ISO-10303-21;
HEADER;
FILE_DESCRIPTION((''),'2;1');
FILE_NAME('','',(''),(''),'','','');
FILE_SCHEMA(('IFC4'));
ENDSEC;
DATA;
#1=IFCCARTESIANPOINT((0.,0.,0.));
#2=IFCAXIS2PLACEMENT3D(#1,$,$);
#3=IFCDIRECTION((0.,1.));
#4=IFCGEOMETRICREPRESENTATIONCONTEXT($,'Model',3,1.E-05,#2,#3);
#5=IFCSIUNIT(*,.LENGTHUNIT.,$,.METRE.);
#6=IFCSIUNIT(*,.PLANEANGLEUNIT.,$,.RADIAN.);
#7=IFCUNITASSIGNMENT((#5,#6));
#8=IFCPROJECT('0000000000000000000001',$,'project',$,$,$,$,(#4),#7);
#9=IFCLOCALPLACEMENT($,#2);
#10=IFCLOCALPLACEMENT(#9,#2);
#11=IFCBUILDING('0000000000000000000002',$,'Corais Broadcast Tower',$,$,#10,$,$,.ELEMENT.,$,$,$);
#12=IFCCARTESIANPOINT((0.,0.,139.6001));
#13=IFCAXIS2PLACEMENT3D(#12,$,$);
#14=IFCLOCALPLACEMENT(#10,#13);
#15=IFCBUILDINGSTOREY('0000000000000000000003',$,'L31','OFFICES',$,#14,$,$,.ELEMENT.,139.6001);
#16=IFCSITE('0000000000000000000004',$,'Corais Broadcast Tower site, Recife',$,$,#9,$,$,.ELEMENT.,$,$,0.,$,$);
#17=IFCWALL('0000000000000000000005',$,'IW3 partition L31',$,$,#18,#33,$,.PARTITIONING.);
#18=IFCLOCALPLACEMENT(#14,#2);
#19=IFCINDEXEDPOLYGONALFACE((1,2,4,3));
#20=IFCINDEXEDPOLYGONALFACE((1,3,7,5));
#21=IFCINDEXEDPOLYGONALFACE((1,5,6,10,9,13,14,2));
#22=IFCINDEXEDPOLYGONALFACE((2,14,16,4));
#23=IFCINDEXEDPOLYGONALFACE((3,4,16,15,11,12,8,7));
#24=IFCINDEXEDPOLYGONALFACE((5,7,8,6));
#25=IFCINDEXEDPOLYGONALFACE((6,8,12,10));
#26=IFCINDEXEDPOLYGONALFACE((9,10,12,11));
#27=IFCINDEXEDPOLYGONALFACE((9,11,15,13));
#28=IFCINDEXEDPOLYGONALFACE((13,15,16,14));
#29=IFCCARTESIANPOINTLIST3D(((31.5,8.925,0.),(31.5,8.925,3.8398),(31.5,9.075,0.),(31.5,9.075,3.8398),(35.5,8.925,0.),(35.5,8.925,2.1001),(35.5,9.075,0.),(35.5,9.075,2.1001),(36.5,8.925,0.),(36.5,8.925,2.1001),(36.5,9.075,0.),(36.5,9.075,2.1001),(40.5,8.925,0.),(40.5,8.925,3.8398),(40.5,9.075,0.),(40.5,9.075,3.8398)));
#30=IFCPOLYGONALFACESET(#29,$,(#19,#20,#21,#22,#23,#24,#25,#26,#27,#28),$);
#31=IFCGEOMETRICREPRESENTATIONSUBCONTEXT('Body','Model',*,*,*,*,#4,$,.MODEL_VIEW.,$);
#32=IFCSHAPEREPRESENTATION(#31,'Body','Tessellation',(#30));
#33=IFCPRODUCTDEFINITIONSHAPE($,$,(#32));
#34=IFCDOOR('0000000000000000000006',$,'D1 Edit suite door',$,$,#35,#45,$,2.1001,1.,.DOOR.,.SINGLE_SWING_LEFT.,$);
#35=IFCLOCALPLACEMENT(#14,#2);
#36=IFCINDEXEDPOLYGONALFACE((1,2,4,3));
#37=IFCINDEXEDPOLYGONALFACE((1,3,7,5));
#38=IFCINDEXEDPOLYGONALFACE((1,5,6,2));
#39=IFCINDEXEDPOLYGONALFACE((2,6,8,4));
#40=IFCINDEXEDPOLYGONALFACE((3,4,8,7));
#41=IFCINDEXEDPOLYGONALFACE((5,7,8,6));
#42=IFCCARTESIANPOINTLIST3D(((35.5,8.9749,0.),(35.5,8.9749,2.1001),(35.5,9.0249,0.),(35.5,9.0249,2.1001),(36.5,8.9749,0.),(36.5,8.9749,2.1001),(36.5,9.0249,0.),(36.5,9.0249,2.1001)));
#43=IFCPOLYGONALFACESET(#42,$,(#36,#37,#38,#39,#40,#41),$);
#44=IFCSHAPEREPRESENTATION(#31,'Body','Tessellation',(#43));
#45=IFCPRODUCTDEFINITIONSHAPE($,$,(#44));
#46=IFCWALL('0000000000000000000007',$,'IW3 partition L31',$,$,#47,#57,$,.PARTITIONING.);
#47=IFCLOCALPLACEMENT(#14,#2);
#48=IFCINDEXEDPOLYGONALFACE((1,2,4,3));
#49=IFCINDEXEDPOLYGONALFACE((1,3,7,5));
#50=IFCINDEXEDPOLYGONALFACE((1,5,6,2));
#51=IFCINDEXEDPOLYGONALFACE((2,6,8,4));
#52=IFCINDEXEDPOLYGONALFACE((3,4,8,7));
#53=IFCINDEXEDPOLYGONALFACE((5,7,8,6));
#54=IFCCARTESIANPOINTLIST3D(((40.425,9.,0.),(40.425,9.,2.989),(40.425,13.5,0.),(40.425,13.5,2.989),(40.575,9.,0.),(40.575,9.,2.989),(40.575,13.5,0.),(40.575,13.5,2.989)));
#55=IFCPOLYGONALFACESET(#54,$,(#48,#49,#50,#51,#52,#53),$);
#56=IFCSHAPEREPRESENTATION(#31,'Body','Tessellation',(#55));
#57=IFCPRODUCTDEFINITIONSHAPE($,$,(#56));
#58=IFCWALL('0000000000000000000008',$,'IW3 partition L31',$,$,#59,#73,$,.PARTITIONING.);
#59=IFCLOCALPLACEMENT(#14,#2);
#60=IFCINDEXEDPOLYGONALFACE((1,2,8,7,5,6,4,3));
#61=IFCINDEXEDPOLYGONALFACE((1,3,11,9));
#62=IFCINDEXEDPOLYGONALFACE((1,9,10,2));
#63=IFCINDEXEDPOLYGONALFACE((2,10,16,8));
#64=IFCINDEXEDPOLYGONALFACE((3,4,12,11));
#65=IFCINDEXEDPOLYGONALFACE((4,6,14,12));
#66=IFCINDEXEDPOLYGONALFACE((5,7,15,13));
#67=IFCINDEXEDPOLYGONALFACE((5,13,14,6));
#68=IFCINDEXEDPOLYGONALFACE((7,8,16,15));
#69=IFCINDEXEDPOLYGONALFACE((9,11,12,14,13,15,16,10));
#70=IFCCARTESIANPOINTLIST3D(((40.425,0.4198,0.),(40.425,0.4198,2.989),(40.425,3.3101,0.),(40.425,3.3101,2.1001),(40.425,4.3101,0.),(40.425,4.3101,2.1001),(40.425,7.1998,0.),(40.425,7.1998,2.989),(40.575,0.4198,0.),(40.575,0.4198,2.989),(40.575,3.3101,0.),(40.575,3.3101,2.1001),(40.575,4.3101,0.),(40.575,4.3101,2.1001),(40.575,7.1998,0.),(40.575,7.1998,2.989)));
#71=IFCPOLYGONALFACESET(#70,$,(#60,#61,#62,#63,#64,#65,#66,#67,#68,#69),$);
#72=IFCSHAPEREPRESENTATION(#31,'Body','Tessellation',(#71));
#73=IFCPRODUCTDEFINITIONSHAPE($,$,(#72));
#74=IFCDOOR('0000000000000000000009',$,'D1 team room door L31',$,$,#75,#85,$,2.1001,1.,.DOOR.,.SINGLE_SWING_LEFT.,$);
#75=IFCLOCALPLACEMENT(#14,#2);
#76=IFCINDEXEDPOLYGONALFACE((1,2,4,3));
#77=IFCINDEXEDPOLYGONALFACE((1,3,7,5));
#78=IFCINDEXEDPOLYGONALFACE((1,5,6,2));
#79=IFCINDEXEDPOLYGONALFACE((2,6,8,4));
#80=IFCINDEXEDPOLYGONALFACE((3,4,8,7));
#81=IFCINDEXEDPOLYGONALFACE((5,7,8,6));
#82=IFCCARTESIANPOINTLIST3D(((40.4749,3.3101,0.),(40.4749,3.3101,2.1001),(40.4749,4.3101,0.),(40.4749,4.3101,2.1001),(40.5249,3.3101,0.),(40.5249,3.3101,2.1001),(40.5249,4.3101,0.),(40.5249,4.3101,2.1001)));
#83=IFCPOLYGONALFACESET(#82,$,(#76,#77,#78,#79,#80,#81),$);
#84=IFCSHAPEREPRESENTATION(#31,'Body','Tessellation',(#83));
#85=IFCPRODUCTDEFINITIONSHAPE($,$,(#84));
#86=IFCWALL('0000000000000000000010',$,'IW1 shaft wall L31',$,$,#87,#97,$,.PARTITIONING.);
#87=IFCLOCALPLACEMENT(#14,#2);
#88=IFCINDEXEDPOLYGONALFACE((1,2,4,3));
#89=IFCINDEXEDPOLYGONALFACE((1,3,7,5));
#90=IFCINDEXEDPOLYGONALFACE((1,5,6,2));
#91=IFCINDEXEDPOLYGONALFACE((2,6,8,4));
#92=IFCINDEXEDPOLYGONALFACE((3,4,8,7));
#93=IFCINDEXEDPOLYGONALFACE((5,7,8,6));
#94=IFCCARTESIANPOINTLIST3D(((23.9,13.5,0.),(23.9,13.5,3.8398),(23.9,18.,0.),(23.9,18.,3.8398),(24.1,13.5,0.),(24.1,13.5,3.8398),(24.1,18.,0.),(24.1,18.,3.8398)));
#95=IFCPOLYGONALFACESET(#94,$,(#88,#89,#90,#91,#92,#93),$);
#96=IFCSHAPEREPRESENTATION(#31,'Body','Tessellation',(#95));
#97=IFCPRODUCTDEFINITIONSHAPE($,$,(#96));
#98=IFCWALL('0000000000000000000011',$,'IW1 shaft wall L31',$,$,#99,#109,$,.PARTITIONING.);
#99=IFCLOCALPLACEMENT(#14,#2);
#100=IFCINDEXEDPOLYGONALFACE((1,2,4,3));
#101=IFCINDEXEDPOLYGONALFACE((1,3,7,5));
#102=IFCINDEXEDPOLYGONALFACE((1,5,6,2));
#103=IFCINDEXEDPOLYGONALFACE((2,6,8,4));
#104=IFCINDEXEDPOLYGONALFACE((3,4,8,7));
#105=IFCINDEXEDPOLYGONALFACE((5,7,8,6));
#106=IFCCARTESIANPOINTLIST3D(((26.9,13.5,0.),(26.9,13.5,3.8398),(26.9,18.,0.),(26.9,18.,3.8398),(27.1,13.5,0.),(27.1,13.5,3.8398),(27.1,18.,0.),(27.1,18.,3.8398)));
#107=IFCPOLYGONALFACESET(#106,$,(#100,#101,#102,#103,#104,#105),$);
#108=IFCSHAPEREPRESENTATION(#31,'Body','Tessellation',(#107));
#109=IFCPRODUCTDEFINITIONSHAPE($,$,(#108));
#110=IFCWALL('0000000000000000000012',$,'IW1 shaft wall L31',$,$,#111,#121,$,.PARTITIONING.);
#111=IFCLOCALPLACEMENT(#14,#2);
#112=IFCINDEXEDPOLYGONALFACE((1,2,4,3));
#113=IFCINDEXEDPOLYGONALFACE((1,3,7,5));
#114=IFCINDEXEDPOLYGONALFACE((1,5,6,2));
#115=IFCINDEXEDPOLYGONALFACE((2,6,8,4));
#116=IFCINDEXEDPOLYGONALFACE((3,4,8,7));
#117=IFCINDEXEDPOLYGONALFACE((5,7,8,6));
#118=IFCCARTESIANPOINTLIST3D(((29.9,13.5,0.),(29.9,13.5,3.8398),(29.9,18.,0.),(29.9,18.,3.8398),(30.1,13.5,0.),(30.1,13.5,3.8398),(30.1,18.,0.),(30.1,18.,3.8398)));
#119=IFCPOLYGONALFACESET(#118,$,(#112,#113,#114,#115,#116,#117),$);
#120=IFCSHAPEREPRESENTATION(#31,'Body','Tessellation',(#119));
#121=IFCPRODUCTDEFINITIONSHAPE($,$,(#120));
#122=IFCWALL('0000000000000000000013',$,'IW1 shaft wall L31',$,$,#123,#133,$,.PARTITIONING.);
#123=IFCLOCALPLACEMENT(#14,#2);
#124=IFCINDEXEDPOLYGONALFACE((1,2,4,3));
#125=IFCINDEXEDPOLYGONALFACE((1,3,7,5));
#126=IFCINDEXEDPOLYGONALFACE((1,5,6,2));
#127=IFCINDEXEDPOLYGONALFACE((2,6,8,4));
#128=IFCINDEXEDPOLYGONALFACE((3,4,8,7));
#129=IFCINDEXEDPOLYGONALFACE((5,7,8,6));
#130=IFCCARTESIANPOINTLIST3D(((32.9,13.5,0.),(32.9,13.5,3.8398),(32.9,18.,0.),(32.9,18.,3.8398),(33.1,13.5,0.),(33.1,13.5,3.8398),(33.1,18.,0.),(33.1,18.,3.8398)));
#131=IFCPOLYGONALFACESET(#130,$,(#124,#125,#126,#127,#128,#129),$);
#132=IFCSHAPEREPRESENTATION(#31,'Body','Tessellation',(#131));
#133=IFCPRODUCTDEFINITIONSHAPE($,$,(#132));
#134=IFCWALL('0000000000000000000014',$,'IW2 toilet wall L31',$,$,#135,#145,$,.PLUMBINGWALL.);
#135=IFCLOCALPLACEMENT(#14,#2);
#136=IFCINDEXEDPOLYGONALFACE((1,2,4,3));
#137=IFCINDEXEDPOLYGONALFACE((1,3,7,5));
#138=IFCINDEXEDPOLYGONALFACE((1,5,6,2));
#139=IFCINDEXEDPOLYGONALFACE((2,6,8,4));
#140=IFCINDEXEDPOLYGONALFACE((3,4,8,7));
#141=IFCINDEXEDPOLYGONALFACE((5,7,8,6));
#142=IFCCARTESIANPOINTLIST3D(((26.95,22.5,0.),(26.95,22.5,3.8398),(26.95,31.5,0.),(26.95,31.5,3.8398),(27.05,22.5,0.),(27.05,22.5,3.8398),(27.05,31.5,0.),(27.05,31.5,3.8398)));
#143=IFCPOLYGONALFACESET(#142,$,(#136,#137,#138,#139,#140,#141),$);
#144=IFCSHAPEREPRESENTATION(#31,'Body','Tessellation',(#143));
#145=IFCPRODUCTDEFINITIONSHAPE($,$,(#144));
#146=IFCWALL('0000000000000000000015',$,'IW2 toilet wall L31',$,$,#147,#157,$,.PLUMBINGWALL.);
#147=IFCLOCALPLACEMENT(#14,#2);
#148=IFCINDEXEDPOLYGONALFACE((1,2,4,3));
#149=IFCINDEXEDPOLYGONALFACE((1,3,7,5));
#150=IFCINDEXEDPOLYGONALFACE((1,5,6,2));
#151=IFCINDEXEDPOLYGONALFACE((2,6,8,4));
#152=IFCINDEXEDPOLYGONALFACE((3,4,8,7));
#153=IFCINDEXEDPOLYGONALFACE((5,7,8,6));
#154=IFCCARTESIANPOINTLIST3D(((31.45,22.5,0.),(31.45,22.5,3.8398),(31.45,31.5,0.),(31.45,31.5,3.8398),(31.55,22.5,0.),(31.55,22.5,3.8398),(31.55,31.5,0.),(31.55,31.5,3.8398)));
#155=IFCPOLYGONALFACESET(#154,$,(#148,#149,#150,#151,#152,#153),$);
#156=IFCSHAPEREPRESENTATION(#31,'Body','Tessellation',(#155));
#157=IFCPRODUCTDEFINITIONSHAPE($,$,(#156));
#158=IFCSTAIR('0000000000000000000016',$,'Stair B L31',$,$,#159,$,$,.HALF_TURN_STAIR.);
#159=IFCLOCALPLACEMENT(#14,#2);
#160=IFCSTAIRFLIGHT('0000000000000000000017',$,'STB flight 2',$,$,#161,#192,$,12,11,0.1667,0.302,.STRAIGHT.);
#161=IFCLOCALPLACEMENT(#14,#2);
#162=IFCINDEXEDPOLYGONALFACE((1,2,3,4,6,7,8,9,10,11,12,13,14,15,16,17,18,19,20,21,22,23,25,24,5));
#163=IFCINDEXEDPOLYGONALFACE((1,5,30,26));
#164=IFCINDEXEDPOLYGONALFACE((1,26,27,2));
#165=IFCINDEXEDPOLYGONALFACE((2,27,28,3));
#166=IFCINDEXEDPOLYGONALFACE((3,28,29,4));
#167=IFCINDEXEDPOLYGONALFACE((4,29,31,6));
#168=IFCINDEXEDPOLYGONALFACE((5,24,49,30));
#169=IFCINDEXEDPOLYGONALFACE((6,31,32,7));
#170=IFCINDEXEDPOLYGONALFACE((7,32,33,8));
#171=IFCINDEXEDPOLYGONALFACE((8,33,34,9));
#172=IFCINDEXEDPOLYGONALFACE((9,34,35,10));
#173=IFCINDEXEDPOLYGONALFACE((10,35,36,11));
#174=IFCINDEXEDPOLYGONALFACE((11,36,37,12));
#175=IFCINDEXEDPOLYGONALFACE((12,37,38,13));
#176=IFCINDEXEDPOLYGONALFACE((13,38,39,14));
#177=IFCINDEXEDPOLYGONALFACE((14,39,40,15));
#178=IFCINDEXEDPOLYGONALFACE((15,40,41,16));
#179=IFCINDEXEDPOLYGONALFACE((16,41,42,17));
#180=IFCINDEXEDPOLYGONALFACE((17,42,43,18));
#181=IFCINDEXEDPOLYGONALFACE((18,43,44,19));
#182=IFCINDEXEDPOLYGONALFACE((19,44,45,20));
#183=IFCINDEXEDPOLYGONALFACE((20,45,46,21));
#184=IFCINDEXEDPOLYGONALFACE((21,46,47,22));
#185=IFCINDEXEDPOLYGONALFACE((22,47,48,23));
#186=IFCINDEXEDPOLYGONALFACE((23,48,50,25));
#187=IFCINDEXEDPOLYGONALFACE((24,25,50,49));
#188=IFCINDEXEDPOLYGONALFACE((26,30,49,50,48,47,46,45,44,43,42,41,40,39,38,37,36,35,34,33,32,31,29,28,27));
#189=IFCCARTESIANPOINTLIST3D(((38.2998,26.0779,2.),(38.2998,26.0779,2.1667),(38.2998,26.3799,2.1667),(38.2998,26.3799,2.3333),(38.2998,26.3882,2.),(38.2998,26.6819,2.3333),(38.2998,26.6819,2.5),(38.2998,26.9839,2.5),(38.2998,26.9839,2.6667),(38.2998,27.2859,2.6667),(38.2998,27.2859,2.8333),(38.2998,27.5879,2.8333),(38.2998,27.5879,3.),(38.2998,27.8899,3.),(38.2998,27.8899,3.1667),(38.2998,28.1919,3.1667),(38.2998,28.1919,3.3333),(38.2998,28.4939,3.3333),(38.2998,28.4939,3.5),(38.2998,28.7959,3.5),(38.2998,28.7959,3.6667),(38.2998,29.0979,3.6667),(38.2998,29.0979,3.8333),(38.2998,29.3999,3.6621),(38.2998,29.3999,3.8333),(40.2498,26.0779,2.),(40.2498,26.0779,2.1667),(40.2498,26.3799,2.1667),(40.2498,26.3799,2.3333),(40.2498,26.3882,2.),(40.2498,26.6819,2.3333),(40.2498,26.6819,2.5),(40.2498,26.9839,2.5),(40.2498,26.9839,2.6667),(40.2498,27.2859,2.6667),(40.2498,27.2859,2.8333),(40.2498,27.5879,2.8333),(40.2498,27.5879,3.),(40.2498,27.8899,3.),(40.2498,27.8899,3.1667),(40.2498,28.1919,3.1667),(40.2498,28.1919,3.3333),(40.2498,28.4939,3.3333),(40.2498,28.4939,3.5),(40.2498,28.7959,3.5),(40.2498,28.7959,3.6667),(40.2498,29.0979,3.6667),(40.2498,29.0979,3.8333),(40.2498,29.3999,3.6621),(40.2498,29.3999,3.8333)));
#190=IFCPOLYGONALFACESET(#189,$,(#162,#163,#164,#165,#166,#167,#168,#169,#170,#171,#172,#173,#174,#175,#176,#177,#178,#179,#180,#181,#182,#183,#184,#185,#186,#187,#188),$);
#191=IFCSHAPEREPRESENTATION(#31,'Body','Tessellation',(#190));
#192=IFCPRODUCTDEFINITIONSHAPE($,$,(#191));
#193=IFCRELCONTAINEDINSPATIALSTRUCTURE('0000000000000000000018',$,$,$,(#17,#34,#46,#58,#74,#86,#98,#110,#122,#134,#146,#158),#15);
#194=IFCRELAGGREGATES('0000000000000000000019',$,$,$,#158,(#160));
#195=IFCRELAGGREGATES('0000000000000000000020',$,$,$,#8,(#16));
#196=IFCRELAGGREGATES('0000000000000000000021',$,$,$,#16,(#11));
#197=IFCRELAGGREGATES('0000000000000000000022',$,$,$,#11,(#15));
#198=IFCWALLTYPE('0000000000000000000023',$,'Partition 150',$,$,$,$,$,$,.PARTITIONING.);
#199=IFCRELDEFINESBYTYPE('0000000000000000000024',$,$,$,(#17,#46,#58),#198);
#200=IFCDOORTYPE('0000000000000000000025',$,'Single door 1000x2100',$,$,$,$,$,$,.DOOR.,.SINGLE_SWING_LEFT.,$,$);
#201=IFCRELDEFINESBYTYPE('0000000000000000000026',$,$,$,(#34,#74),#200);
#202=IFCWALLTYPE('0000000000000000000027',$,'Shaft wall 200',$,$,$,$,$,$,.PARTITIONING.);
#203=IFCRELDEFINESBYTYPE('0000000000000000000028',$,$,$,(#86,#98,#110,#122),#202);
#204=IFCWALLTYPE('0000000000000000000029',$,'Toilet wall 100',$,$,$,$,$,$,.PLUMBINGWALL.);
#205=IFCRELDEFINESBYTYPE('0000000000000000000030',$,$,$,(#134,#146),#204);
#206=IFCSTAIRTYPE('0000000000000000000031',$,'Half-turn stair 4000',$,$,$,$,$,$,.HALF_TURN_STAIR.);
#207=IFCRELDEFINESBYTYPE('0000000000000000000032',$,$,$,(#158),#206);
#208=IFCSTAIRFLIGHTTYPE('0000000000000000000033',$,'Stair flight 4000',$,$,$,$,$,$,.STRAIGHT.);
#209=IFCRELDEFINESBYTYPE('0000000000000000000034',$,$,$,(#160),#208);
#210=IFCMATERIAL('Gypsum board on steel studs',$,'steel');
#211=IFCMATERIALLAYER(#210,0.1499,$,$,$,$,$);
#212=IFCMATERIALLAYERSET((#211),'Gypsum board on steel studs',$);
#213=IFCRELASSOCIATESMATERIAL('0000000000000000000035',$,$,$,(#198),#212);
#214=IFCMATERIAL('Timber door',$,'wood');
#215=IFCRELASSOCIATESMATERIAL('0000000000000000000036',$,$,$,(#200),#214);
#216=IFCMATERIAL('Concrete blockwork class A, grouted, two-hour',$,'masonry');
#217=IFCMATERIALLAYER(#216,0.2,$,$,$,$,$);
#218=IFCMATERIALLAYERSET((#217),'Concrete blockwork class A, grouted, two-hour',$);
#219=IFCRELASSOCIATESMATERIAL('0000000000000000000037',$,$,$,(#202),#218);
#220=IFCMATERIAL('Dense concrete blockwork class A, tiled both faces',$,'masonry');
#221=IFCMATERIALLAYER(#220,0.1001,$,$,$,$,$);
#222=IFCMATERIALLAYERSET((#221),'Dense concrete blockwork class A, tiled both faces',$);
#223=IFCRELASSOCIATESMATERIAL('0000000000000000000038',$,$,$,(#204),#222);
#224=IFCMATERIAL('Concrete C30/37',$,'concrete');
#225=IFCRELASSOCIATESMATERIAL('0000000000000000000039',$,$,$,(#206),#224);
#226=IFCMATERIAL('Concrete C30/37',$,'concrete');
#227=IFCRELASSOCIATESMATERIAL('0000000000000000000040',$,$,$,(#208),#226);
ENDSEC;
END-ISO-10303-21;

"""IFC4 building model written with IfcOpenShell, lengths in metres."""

from ifc_helpers import new_model, si_unit, direction, frame, frame_2d, origin, place, context, subcontext, project, spatial, polyline, rectangle, outline, extrude, material, layer, layer_set, type_object, element, fill, aggregate, save


model = new_model("IFC4")

# Units and contexts
model_context = context("Model", 3, precision=1e-05, world=origin(), true_north=direction((0.0, 1.0)))
body_context = subcontext(model_context, "Body", "Model", "MODEL_VIEW")
ifc_project = project(units=[si_unit("LENGTHUNIT", "METRE"), si_unit("PLANEANGLEUNIT", "RADIAN")], contexts=[model_context])

# Site, building, storey
site_placement = place(None, origin())
site = spatial("IfcSite", under=ifc_project, at=site_placement, Name="Corais Broadcast Tower site, Recife", CompositionType="ELEMENT", RefElevation=0.0)
building_placement = place(site_placement, origin())
building = spatial("IfcBuilding", under=site, at=building_placement, Name="Corais Broadcast Tower", CompositionType="ELEMENT")
storey_placement = place(building_placement, frame((0.0, 0.0, 139.6001)))
storey = spatial("IfcBuildingStorey", under=building, at=storey_placement, Name="L31", Description="OFFICES", CompositionType="ELEMENT", Elevation=139.6001)

# Shared definitions
ifc_material_1 = material(Name="Gypsum board on steel studs", Category="steel")
ifc_layer_1 = layer(ifc_material_1, 0.1499)
ifc_layer_set_1 = layer_set([ifc_layer_1], Name="Gypsum board on steel studs")
wall_type_1 = type_object("IfcWallType", Name="Partition 150", PredefinedType="PARTITIONING", material=ifc_layer_set_1)
ifc_material_2 = material(Name="Timber door", Category="wood")
door_type_1 = type_object("IfcDoorType", Name="Single door 1000x2100", OperationType="SINGLE_SWING_LEFT", PredefinedType="DOOR", material=ifc_material_2)

# Wall, opening, door
wall_1_placement = place(storey_placement, frame((31.5, 9.0, 0.0), z_axis=(0.0, 0.0, 1.0), x_axis=(1.0, 0.0, 0.0)))
wall_1 = element("IfcWall", 1, at=wall_1_placement, inside=storey, type_object=wall_type_1, Name="IW3 partition L31", PredefinedType="PARTITIONING", context=body_context, shape_type="SweptSolid", body=[
    extrude(rectangle(XDim=9.0, YDim=0.1499, at=frame_2d((4.5, 0.0))), origin(), (0.0, 0.0, 1.0), 3.8398),
])
opening_1_placement = place(wall_1_placement, frame((4.0, 0.0, 0.0)))
opening_1 = element("IfcOpeningElement", 2, at=opening_1_placement, cuts=wall_1, PredefinedType="OPENING", context=body_context, shape_type="SweptSolid", body=[
    extrude(rectangle(XDim=1.0, YDim=2.1001, at=frame_2d((0.5, 1.05))), frame((0.0, 0.085, 0.0), z_axis=(0.0, -1.0, 0.0), x_axis=(1.0, 0.0, 0.0)), (0.0, 0.0, 1.0), 0.1699),
])
door_1_placement = place(opening_1_placement, origin())
door_1 = element("IfcDoor", 3, at=door_1_placement, inside=storey, type_object=door_type_1, Name="D1 Edit suite door", OperationType="SINGLE_SWING_LEFT", OverallHeight=2.1001, OverallWidth=1.0, PredefinedType="DOOR", context=body_context, shape_type="SweptSolid", body=[
    extrude(rectangle(XDim=1.0, YDim=2.1001, at=frame_2d((0.5, 1.05))), frame((0.0, 0.0249, 0.0), z_axis=(0.0, -1.0, 0.0), x_axis=(1.0, 0.0, 0.0)), (0.0, 0.0, 1.0), 0.05),
])
fill(opening_1, door_1)

# Wall
wall_2_placement = place(storey_placement, frame((40.5, 9.0, 0.0), z_axis=(0.0, 0.0, 1.0), x_axis=(0.0, 1.0, 0.0)))
element("IfcWall", 4, at=wall_2_placement, inside=storey, type_object=wall_type_1, Name="IW3 partition L31", PredefinedType="PARTITIONING", context=body_context, shape_type="SweptSolid", body=[
    extrude(rectangle(XDim=4.5, YDim=0.1499, at=frame_2d((2.25, 0.0))), origin(), (0.0, 0.0, 1.0), 2.989),
])

# Wall, opening, door
wall_3_placement = place(storey_placement, frame((40.5, 7.2, 0.0), z_axis=(0.0, 0.0, 1.0), x_axis=(0.0, -1.0, 0.0)))
wall_3 = element("IfcWall", 5, at=wall_3_placement, inside=storey, type_object=wall_type_1, Name="IW3 partition L31", PredefinedType="PARTITIONING", context=body_context, shape_type="SweptSolid", body=[
    extrude(rectangle(XDim=6.78, YDim=0.1499, at=frame_2d((3.3901, 0.0))), origin(), (0.0, 0.0, 1.0), 2.989),
])
opening_2_placement = place(wall_3_placement, frame((2.8899, 0.0, 0.0)))
opening_2 = element("IfcOpeningElement", 6, at=opening_2_placement, cuts=wall_3, PredefinedType="OPENING", context=body_context, shape_type="SweptSolid", body=[
    extrude(rectangle(XDim=1.0, YDim=2.1001, at=frame_2d((0.5, 1.05))), frame((0.0, 0.085, 0.0), z_axis=(0.0, -1.0, 0.0), x_axis=(1.0, 0.0, 0.0)), (0.0, 0.0, 1.0), 0.1699),
])
door_2_placement = place(opening_2_placement, origin())
door_2 = element("IfcDoor", 7, at=door_2_placement, inside=storey, type_object=door_type_1, Name="D1 team room door L31", OperationType="SINGLE_SWING_LEFT", OverallHeight=2.1001, OverallWidth=1.0, PredefinedType="DOOR", context=body_context, shape_type="SweptSolid", body=[
    extrude(rectangle(XDim=1.0, YDim=2.1001, at=frame_2d((0.5, 1.05))), frame((0.0, 0.0249, 0.0), z_axis=(0.0, -1.0, 0.0), x_axis=(1.0, 0.0, 0.0)), (0.0, 0.0, 1.0), 0.05),
])
fill(opening_2, door_2)

# Walls
ifc_material_3 = material(Name="Concrete blockwork class A, grouted, two-hour", Category="masonry")
ifc_layer_2 = layer(ifc_material_3, 0.2)
ifc_layer_set_2 = layer_set([ifc_layer_2], Name="Concrete blockwork class A, grouted, two-hour")
wall_type_2 = type_object("IfcWallType", Name="Shaft wall 200", PredefinedType="PARTITIONING", material=ifc_layer_set_2)
for number, where, z_axis, x_axis, name in (
    (8, (24.0, 13.5, 0.0), (0.0, 0.0, 1.0), (0.0, 1.0, 0.0), "IW1 shaft wall L31"),
    (9, (27.0, 13.5, 0.0), (0.0, 0.0, 1.0), (0.0, 1.0, 0.0), "IW1 shaft wall L31"),
    (10, (30.0, 13.5, 0.0), (0.0, 0.0, 1.0), (0.0, 1.0, 0.0), "IW1 shaft wall L31"),
    (11, (33.0, 13.5, 0.0), (0.0, 0.0, 1.0), (0.0, 1.0, 0.0), "IW1 shaft wall L31"),
):
    element("IfcWall", number, at=place(storey_placement, frame(where, z_axis=z_axis, x_axis=x_axis)), inside=storey, type_object=wall_type_2, Name=name, PredefinedType="PARTITIONING", context=body_context, shape_type="SweptSolid", body=[
        extrude(rectangle(XDim=4.5, YDim=0.2, at=frame_2d((2.25, 0.0))), origin(), (0.0, 0.0, 1.0), 3.8398),
    ])
ifc_material_4 = material(Name="Dense concrete blockwork class A, tiled both faces", Category="masonry")
ifc_layer_3 = layer(ifc_material_4, 0.1001)
ifc_layer_set_3 = layer_set([ifc_layer_3], Name="Dense concrete blockwork class A, tiled both faces")
wall_type_3 = type_object("IfcWallType", Name="Toilet wall 100", PredefinedType="PLUMBINGWALL", material=ifc_layer_set_3)
for number, where, z_axis, x_axis, name in (
    (12, (27.0, 22.5, 0.0), (0.0, 0.0, 1.0), (0.0, 1.0, 0.0), "IW2 toilet wall L31"),
    (13, (31.5, 22.5, 0.0), (0.0, 0.0, 1.0), (0.0, 1.0, 0.0), "IW2 toilet wall L31"),
):
    element("IfcWall", number, at=place(storey_placement, frame(where, z_axis=z_axis, x_axis=x_axis)), inside=storey, type_object=wall_type_3, Name=name, PredefinedType="PLUMBINGWALL", context=body_context, shape_type="SweptSolid", body=[
        extrude(rectangle(XDim=9.0, YDim=0.1001, at=frame_2d((4.5, 0.0))), origin(), (0.0, 0.0, 1.0), 3.8398),
    ])

# Stair, stair flight
ifc_material_5 = material(Name="Concrete C30/37", Category="concrete")
stair_type = type_object("IfcStairType", Name="Half-turn stair 4000", PredefinedType="HALF_TURN_STAIR", material=ifc_material_5)
stair_placement = place(storey_placement, origin())
stair = element("IfcStair", 14, at=stair_placement, inside=storey, type_object=stair_type, Name="Stair B L31", PredefinedType="HALF_TURN_STAIR")
ifc_material_6 = material(Name="Concrete C30/37", Category="concrete")
stair_flight_type = type_object("IfcStairFlightType", Name="Stair flight 4000", PredefinedType="STRAIGHT", material=ifc_material_6)
stair_flight_placement = place(storey_placement, frame((39.2749, 26.0779, 2.0), z_axis=(0.0, 0.0, 1.0), x_axis=(0.0, 1.0, 0.0)))
stair_flight = element("IfcStairFlight", 15, at=stair_flight_placement, type_object=stair_flight_type, Name="STB flight 2", NumberOfRisers=12, NumberOfTreads=11, PredefinedType="STRAIGHT", RiserHeight=0.1667, TreadLength=0.302, context=body_context, shape_type="SweptSolid", body=[
    extrude(outline(polyline([(0.0, 0.0), (0.0, 0.1667), (0.302, 0.1667), (0.302, 0.3333), (0.604, 0.3333), (0.604, 0.5), (0.906, 0.5), (0.906, 0.6667), (1.208, 0.6667), (1.208, 0.8333), (1.51, 0.8333), (1.51, 1.0), (1.812, 1.0), (1.812, 1.1667), (2.114, 1.1667), (2.114, 1.3333), (2.416, 1.3333), (2.416, 1.5), (2.718, 1.5), (2.718, 1.6667), (3.02, 1.6667), (3.02, 1.8333), (3.322, 1.8333), (3.322, 2.0), (3.322, 1.6621), (0.3103, 0.0), (0.0, 0.0)])), frame((0.0, 0.9751, 0.0), z_axis=(0.0, -1.0, 0.0), x_axis=(1.0, 0.0, 0.0)), (0.0, 0.0, 1.0), 1.95),
])
aggregate(stair, [stair_flight])

save(model, "model.ifc")
